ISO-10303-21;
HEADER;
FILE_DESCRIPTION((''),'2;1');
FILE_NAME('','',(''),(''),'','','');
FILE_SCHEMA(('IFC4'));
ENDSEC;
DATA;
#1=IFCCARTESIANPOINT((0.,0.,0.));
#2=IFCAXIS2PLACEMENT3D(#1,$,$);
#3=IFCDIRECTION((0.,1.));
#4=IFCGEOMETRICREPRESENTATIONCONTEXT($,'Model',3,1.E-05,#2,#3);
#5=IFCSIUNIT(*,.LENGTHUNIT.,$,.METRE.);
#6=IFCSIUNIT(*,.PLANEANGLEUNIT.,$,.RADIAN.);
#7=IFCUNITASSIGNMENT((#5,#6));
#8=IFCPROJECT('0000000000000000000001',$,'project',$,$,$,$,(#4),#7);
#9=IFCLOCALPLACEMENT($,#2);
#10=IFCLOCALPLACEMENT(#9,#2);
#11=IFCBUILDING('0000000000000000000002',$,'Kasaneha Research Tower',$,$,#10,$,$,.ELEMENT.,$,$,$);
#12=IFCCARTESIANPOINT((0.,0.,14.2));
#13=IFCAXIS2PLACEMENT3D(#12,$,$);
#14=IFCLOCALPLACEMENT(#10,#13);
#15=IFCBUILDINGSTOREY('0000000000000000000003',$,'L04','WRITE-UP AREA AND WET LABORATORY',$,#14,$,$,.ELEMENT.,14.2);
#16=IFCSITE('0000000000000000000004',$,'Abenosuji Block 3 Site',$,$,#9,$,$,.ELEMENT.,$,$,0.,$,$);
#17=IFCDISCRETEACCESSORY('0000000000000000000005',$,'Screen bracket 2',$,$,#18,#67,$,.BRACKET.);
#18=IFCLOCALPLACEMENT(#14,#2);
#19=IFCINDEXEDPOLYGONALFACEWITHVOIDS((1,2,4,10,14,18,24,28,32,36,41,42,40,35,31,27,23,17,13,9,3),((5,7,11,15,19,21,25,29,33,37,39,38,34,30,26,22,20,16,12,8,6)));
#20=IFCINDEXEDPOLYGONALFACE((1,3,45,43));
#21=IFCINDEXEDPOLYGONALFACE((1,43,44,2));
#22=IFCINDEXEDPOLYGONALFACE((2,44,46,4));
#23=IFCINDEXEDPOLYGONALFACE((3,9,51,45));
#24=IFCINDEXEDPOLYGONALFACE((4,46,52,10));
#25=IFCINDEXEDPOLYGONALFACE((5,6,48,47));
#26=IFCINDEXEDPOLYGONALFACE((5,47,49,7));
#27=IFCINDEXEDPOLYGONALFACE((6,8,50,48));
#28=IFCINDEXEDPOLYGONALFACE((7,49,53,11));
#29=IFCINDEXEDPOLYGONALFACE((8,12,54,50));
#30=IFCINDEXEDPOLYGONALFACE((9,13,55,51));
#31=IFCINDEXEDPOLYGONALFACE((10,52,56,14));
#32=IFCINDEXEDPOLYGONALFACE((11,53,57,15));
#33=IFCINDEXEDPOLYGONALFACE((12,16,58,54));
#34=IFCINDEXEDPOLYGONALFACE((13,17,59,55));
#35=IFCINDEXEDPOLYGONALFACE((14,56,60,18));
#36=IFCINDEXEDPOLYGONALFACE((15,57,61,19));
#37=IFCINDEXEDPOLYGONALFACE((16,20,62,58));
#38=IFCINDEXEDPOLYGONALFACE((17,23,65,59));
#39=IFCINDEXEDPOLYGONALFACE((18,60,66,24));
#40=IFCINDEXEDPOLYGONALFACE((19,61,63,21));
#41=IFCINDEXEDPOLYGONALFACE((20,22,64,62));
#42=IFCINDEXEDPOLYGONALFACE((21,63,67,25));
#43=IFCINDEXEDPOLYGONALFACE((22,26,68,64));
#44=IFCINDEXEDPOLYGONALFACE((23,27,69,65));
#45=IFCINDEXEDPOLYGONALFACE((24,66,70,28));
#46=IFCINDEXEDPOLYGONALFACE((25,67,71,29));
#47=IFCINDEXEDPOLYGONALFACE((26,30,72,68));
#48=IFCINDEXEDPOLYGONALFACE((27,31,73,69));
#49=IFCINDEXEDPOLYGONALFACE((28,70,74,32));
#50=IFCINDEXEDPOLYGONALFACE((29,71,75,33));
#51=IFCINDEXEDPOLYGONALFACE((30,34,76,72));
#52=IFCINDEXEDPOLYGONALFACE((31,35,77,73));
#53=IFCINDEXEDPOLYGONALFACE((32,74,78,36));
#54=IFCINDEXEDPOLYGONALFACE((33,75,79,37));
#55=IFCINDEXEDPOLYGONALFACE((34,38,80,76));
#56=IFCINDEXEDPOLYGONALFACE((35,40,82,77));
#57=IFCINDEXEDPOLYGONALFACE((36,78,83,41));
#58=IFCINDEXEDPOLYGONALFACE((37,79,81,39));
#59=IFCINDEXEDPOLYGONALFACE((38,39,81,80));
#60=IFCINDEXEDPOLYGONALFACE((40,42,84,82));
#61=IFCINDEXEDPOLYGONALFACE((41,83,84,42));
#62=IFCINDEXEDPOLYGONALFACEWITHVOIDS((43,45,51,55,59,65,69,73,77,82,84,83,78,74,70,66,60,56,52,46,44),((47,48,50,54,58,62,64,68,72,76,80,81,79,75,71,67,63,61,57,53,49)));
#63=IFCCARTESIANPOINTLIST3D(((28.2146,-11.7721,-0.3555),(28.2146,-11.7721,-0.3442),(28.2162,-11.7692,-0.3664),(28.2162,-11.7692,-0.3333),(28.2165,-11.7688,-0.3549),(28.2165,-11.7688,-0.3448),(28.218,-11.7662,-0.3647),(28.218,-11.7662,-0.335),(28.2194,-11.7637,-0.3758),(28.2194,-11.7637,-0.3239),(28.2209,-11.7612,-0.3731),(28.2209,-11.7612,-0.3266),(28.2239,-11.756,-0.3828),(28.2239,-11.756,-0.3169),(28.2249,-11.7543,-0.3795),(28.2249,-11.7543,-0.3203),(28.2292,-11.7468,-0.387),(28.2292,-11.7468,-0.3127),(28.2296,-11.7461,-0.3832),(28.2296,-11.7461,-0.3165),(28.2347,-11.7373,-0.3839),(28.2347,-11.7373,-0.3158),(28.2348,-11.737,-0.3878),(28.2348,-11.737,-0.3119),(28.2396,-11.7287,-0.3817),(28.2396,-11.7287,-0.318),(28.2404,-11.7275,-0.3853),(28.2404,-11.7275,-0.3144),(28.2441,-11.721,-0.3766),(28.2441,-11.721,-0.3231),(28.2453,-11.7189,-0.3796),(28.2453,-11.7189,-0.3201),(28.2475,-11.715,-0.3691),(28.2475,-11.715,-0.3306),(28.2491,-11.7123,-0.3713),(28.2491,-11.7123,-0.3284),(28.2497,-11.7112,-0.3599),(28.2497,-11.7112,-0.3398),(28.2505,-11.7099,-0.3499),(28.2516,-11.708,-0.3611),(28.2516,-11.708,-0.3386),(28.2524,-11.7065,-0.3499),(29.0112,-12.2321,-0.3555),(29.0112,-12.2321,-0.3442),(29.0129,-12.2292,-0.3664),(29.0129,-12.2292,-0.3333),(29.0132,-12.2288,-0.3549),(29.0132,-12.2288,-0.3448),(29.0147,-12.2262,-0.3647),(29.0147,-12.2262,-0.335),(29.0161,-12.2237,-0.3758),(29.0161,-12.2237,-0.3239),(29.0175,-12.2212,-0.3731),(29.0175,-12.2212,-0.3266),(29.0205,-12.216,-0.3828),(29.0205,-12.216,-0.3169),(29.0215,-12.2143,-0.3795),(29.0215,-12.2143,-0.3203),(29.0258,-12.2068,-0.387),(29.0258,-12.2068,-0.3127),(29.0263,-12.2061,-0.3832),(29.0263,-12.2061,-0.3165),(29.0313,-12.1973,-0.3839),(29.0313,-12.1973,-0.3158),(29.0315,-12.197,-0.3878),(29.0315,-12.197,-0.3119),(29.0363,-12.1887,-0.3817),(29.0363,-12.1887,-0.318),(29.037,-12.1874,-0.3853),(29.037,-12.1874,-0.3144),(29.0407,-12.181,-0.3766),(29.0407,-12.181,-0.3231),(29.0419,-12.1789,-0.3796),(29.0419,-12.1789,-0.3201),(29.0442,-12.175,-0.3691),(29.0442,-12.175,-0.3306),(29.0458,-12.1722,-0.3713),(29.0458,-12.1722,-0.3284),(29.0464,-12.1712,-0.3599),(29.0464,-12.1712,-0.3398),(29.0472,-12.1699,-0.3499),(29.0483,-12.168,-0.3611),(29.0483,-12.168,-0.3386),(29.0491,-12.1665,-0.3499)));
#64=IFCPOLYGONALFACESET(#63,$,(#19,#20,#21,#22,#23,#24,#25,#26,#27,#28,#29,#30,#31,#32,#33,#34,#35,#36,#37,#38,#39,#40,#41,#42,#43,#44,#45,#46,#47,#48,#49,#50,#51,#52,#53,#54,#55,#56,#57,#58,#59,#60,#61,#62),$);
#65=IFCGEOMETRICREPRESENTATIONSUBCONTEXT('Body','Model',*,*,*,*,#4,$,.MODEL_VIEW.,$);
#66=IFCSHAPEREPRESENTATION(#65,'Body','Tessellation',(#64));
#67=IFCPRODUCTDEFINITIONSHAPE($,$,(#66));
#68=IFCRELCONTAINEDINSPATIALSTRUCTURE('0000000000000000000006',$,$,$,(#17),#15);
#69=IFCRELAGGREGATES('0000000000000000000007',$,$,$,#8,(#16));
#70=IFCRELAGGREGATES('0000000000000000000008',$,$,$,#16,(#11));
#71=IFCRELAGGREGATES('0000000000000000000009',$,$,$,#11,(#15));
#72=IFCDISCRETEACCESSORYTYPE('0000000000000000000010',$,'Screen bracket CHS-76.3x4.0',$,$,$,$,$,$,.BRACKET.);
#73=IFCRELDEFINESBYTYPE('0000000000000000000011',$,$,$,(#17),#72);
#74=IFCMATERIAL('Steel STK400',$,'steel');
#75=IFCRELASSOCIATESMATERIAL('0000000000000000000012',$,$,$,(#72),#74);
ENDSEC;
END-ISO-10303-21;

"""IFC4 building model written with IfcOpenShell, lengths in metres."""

from ifc_helpers import new_model, si_unit, direction, frame, origin, origin_2d, place, context, subcontext, project, spatial, hollow_circle, extrude, material, material_profile, profile_set, type_object, element, save


model = new_model("IFC4")

# Units and contexts
model_context = context("Model", 3, precision=1e-05, world=origin(), true_north=direction((0.0, 1.0)))
body_context = subcontext(model_context, "Body", "Model", "MODEL_VIEW")
ifc_project = project(units=[si_unit("LENGTHUNIT", "METRE"), si_unit("PLANEANGLEUNIT", "RADIAN")], contexts=[model_context])

# Site, building, storey
site_placement = place(None, origin())
site = spatial("IfcSite", under=ifc_project, at=site_placement, Name="Abenosuji Block 3 Site", CompositionType="ELEMENT", RefElevation=0.0)
building_placement = place(site_placement, origin())
building = spatial("IfcBuilding", under=site, at=building_placement, Name="Kasaneha Research Tower", CompositionType="ELEMENT")
storey_placement = place(building_placement, frame((0.0, 0.0, 14.2)))
storey = spatial("IfcBuildingStorey", under=building, at=storey_placement, Name="L04", Description="WRITE-UP AREA AND WET LABORATORY", CompositionType="ELEMENT", Elevation=14.2)

# Discrete accessory
ifc_material_1 = material(Name="Steel STK400", Category="steel")
ifc_material_profile_1 = material_profile(ifc_material_1, hollow_circle(Radius=0.0381, WallThickness=0.0039, at=origin_2d()), Name="CHS-76.3x4.0")
ifc_profile_set_1 = profile_set([ifc_material_profile_1], Name="Steel STK400")
discrete_accessory_type = type_object("IfcDiscreteAccessoryType", Name="Screen bracket CHS-76.3x4.0", PredefinedType="BRACKET", material=ifc_profile_set_1)
for number, where, z_axis, x_axis, name in (
    (1, (28.2334, -11.7395, -0.3499), (0.866013, -0.500021, 0.0), (0.500021, 0.866013, 0.0), "Screen bracket 2"),
):
    element("IfcDiscreteAccessory", number, at=place(storey_placement, frame(where, z_axis=z_axis, x_axis=x_axis)), inside=storey, type_object=discrete_accessory_type, Name=name, PredefinedType="BRACKET", context=body_context, shape_type="SweptSolid", body=[
        extrude(hollow_circle(Radius=0.0381, WallThickness=0.0039, at=origin_2d()), origin(), (0.0, 0.0, 1.0), 0.9199),
    ])

save(model, "model.ifc")
